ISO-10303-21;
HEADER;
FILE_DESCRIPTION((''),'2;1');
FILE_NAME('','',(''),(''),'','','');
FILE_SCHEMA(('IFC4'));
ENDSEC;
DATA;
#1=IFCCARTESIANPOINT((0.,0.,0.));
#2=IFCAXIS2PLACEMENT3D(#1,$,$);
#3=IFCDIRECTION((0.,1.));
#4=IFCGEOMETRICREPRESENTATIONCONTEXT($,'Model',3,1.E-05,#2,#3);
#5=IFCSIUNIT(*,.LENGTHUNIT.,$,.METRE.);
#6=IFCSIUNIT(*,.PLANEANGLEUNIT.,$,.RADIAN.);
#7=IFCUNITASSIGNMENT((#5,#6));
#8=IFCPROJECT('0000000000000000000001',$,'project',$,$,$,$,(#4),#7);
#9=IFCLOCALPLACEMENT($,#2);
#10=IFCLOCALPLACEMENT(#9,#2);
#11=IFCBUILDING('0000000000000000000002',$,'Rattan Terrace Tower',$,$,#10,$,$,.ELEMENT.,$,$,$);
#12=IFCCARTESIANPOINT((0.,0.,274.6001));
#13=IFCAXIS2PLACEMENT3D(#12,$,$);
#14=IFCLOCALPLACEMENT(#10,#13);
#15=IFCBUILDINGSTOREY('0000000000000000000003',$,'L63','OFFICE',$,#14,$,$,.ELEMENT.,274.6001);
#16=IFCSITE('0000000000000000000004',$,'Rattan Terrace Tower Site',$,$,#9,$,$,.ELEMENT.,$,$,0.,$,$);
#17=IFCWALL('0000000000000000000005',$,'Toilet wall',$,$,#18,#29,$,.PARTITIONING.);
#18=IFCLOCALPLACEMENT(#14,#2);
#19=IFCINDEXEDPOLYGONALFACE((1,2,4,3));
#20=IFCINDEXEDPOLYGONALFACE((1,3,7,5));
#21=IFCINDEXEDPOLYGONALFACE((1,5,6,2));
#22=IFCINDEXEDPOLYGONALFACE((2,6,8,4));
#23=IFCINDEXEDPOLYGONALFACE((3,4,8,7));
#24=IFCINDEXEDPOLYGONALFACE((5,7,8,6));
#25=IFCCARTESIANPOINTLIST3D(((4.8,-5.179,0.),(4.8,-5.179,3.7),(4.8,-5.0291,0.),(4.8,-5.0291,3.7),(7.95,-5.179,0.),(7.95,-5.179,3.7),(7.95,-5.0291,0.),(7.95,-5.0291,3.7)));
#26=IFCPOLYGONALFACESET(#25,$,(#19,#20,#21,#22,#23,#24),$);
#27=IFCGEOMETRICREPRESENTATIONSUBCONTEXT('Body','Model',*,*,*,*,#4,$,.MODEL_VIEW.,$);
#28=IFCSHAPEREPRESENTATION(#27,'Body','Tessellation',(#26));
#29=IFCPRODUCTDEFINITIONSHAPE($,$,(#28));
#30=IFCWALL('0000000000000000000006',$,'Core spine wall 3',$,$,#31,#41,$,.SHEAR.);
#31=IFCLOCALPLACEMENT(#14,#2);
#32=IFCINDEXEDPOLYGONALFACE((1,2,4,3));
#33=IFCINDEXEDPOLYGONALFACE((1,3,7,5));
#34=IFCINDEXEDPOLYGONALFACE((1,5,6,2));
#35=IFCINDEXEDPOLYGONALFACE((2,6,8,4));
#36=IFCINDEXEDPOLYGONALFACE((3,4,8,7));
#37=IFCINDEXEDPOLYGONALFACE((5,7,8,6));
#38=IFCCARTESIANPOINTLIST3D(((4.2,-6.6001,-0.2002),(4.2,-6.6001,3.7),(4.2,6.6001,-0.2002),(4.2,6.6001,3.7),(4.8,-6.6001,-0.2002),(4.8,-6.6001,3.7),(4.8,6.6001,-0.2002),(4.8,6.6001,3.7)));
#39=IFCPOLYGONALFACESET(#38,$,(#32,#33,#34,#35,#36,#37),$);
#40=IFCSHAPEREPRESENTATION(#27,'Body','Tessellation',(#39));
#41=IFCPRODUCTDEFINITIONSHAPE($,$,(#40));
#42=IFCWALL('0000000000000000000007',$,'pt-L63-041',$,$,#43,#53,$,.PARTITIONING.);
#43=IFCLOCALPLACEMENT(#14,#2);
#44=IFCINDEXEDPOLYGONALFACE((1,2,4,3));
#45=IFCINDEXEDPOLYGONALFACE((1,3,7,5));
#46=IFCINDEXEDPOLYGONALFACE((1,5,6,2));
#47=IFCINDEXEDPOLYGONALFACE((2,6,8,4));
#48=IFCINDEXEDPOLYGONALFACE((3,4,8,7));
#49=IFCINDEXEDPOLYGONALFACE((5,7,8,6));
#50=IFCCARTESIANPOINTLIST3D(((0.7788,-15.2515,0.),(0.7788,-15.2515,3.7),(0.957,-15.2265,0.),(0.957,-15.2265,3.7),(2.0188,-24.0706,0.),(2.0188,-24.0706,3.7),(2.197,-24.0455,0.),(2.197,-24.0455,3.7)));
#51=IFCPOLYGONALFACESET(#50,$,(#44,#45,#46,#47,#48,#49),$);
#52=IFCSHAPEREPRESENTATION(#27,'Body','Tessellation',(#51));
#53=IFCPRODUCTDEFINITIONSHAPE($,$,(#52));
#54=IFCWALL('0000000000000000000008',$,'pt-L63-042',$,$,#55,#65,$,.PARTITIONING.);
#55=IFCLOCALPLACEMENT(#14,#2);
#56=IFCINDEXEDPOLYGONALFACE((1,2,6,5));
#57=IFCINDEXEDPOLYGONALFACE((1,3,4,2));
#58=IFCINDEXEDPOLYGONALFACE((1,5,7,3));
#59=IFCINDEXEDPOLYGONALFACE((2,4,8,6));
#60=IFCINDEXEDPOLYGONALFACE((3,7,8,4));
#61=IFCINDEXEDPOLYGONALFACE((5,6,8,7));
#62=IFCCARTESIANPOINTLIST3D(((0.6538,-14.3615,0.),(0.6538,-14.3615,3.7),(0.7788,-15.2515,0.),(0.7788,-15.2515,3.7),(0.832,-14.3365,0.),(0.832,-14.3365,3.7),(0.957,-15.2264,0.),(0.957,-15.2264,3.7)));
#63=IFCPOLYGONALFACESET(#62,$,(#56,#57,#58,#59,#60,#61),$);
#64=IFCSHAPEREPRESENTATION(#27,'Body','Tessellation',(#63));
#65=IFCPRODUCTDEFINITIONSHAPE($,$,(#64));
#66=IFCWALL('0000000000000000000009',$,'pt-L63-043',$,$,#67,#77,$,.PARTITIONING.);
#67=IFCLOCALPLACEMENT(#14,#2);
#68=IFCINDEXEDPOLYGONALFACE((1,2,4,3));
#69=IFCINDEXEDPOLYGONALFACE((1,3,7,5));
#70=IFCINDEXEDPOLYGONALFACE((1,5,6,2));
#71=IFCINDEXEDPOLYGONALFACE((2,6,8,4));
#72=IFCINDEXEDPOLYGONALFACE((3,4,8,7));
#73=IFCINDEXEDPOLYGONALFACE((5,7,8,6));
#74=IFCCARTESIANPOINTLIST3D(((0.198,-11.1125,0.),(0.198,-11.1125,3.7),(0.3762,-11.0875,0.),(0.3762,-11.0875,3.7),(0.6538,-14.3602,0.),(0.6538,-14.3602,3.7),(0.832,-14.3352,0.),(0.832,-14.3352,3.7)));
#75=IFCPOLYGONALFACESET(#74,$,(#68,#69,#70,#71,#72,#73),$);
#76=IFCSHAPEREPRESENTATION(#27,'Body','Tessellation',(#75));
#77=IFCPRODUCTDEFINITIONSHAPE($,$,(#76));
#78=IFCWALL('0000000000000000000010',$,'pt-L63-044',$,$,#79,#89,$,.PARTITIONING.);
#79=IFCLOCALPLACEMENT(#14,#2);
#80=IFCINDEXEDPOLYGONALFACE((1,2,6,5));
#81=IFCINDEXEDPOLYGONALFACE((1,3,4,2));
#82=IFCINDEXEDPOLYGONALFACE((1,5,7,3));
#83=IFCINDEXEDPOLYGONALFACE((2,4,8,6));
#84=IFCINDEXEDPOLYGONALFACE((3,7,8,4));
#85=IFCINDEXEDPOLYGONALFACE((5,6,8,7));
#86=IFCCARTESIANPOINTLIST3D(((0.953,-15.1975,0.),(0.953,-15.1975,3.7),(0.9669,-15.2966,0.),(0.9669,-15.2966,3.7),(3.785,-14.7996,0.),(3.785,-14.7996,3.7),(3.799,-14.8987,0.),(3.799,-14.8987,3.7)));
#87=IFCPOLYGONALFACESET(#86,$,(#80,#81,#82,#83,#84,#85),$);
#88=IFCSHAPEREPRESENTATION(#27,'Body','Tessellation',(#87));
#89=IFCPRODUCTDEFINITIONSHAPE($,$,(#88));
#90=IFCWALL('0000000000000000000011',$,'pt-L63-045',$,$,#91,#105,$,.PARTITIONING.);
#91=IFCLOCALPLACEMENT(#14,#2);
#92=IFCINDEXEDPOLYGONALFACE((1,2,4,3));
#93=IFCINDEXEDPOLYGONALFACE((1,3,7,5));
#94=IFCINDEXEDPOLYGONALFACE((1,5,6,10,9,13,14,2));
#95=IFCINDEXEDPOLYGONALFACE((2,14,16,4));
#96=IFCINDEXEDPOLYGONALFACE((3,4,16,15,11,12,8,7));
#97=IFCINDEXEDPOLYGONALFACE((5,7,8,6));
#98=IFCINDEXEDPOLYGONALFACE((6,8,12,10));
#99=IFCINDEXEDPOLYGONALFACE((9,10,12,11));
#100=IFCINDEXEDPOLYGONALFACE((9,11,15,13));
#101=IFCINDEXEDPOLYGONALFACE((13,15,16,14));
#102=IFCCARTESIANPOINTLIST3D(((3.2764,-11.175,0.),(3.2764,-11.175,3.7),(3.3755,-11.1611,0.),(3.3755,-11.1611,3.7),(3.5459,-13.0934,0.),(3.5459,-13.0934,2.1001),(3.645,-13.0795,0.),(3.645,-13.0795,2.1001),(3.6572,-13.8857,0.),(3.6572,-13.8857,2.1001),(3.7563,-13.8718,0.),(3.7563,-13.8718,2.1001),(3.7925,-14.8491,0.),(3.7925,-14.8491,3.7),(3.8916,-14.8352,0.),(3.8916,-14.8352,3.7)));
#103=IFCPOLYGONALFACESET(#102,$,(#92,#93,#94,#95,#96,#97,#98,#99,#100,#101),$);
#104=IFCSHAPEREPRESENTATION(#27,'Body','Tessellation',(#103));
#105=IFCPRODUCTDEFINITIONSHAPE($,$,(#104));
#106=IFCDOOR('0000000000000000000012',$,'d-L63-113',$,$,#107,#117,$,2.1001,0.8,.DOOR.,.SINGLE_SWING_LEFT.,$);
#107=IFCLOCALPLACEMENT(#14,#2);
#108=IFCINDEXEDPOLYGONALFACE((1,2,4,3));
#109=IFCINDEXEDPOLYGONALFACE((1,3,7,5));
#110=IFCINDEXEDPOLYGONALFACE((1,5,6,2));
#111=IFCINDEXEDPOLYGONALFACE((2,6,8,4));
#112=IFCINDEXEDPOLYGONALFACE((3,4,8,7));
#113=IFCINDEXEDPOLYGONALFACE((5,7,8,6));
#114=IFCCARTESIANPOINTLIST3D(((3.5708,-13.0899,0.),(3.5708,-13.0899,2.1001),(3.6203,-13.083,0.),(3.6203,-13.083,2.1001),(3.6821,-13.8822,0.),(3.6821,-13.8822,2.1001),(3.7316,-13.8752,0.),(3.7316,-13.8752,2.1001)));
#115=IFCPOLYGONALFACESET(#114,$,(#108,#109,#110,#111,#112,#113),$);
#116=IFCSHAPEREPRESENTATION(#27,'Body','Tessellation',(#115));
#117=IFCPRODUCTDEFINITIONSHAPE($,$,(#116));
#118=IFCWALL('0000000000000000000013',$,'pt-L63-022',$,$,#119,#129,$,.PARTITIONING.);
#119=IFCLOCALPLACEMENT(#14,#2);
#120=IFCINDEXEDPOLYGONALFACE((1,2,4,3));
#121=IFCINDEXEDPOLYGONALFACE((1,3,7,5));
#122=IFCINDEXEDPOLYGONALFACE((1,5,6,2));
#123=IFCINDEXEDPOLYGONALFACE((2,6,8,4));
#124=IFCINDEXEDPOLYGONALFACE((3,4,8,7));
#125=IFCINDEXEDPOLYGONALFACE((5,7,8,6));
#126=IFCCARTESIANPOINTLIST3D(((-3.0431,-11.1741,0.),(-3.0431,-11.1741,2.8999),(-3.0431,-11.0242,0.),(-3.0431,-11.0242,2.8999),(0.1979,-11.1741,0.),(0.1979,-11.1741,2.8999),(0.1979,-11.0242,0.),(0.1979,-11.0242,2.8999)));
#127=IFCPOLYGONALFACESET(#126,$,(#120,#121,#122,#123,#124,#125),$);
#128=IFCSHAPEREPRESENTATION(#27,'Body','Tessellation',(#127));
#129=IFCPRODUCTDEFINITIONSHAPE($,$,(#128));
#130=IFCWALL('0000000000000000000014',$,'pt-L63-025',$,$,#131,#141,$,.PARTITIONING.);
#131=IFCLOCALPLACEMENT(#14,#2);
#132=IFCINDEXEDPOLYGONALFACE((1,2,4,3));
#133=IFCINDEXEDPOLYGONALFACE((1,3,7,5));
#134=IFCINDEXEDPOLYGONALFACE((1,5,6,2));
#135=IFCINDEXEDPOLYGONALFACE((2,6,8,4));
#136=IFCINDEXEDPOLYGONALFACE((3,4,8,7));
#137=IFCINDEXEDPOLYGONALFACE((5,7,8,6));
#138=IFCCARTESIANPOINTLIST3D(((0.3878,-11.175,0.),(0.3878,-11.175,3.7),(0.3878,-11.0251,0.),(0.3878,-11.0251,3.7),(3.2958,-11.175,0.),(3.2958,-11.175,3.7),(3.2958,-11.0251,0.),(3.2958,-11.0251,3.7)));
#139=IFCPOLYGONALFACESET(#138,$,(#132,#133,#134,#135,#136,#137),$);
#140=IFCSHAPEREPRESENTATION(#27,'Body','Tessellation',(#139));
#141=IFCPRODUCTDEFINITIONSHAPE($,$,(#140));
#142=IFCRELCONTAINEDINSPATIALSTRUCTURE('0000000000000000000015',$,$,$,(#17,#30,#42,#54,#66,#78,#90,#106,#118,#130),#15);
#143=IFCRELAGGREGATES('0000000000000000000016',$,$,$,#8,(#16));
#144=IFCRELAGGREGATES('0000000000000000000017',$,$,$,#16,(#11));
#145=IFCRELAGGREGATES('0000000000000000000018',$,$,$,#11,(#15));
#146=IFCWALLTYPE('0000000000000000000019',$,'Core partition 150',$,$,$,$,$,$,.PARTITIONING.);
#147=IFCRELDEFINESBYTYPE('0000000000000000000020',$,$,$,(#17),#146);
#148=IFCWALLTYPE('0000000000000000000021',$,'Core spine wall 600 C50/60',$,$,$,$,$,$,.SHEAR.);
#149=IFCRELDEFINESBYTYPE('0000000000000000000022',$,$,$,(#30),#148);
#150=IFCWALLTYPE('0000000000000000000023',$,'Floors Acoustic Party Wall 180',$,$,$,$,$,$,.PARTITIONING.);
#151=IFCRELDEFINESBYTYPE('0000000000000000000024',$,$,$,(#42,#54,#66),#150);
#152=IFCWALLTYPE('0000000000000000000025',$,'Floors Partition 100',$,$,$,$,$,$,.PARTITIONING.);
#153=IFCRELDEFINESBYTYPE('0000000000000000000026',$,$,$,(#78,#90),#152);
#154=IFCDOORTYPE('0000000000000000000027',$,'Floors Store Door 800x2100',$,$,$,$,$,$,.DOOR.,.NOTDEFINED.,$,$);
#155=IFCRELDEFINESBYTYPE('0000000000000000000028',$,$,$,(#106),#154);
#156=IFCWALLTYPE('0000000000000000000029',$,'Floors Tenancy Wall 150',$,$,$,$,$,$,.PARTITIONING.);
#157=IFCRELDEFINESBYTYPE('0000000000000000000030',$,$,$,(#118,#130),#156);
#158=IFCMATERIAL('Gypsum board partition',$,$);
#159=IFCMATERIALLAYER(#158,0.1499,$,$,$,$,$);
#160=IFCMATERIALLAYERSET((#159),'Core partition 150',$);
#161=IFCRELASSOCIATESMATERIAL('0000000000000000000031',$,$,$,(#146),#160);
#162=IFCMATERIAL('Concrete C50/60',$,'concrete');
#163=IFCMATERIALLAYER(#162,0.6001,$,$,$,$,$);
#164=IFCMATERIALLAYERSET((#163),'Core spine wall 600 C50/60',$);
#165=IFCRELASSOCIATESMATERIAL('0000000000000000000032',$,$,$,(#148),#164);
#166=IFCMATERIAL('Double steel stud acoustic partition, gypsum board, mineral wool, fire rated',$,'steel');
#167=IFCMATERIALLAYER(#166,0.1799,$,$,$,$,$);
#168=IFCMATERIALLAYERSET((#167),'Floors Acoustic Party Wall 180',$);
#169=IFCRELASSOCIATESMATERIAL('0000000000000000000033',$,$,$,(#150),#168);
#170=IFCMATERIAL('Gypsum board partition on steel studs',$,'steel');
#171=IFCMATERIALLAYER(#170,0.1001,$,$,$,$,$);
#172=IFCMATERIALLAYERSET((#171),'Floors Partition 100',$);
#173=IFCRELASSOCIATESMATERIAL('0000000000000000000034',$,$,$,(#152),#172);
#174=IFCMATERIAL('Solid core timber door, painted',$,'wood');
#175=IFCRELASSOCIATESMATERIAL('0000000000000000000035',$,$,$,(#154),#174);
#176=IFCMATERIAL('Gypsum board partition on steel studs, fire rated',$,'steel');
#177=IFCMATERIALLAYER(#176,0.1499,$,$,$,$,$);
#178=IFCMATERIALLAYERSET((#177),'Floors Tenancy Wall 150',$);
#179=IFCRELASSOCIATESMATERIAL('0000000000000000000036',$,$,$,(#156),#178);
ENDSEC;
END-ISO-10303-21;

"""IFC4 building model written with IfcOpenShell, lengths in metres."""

from ifc_helpers import new_model, si_unit, direction, frame, frame_2d, origin, place, context, subcontext, project, spatial, rectangle, extrude, material, layer, layer_set, type_object, element, fill, save


model = new_model("IFC4")

# Units and contexts
model_context = context("Model", 3, precision=1e-05, world=origin(), true_north=direction((0.0, 1.0)))
body_context = subcontext(model_context, "Body", "Model", "MODEL_VIEW")
ifc_project = project(units=[si_unit("LENGTHUNIT", "METRE"), si_unit("PLANEANGLEUNIT", "RADIAN")], contexts=[model_context])

# Site, building, storey
site_placement = place(None, origin())
site = spatial("IfcSite", under=ifc_project, at=site_placement, Name="Rattan Terrace Tower Site", CompositionType="ELEMENT", RefElevation=0.0)
building_placement = place(site_placement, origin())
building = spatial("IfcBuilding", under=site, at=building_placement, Name="Rattan Terrace Tower", CompositionType="ELEMENT")
storey_placement = place(building_placement, frame((0.0, 0.0, 274.6001)))
storey = spatial("IfcBuildingStorey", under=building, at=storey_placement, Name="L63", Description="OFFICE", CompositionType="ELEMENT", Elevation=274.6001)

# Walls
ifc_material_1 = material(Name="Gypsum board partition")
ifc_layer_1 = layer(ifc_material_1, 0.1499)
ifc_layer_set_1 = layer_set([ifc_layer_1], Name="Core partition 150")
wall_type_1 = type_object("IfcWallType", Name="Core partition 150", PredefinedType="PARTITIONING", material=ifc_layer_set_1)
wall_1_placement = place(storey_placement, frame((4.8, -5.104, 0.0), z_axis=(0.0, 0.0, 1.0), x_axis=(1.0, 0.0, 0.0)))
element("IfcWall", 1, at=wall_1_placement, inside=storey, type_object=wall_type_1, Name="Toilet wall", PredefinedType="PARTITIONING", context=body_context, shape_type="SweptSolid", body=[
    extrude(rectangle(XDim=3.1499, YDim=0.1499, at=frame_2d((1.575, 0.0))), origin(), (0.0, 0.0, 1.0), 3.7),
])
ifc_material_2 = material(Name="Concrete C50/60", Category="concrete")
ifc_layer_2 = layer(ifc_material_2, 0.6001)
ifc_layer_set_2 = layer_set([ifc_layer_2], Name="Core spine wall 600 C50/60")
wall_type_2 = type_object("IfcWallType", Name="Core spine wall 600 C50/60", PredefinedType="SHEAR", material=ifc_layer_set_2)
wall_2_placement = place(storey_placement, frame((4.5, -6.6001, -0.2002), z_axis=(0.0, 0.0, 1.0), x_axis=(0.0, 1.0, 0.0)))
element("IfcWall", 2, at=wall_2_placement, inside=storey, type_object=wall_type_2, Name="Core spine wall 3", PredefinedType="SHEAR", context=body_context, shape_type="SweptSolid", body=[
    extrude(rectangle(XDim=13.2002, YDim=0.6001, at=frame_2d((6.6001, 0.0))), origin(), (0.0, 0.0, 1.0), 3.9001),
])
ifc_material_3 = material(Name="Double steel stud acoustic partition, gypsum board, mineral wool, fire rated", Category="steel")
ifc_layer_3 = layer(ifc_material_3, 0.1799)
ifc_layer_set_3 = layer_set([ifc_layer_3], Name="Floors Acoustic Party Wall 180")
wall_type_3 = type_object("IfcWallType", Name="Floors Acoustic Party Wall 180", PredefinedType="PARTITIONING", material=ifc_layer_set_3)
wall_3_placement = place(storey_placement, frame((0.8679, -15.239, 0.0), z_axis=(0.0, 0.0, 1.0), x_axis=(0.139233, -0.99026, 0.0)))
element("IfcWall", 3, at=wall_3_placement, inside=storey, type_object=wall_type_3, Name="pt-L63-041", PredefinedType="PARTITIONING", context=body_context, shape_type="SweptSolid", body=[
    extrude(rectangle(XDim=8.9058, YDim=0.1799, at=frame_2d((4.4529, 0.0))), origin(), (0.0, 0.0, 1.0), 3.7),
])
wall_4_placement = place(storey_placement, frame((0.7429, -14.3491, 0.0), z_axis=(0.0, 0.0, 1.0), x_axis=(0.139101, -0.990278, 0.0)))
element("IfcWall", 4, at=wall_4_placement, inside=storey, type_object=wall_type_3, Name="pt-L63-042", PredefinedType="PARTITIONING", context=body_context, shape_type="SweptSolid", body=[
    extrude(rectangle(XDim=0.8987, YDim=0.1799, at=frame_2d((0.4492, 0.0))), origin(), (0.0, 0.0, 1.0), 3.7),
])
wall_5_placement = place(storey_placement, frame((0.2871, -11.1001, 0.0), z_axis=(0.0, 0.0, 1.0), x_axis=(0.138982, -0.990295, 0.0)))
element("IfcWall", 5, at=wall_5_placement, inside=storey, type_object=wall_type_3, Name="pt-L63-043", PredefinedType="PARTITIONING", context=body_context, shape_type="SweptSolid", body=[
    extrude(rectangle(XDim=3.2795, YDim=0.1799, at=frame_2d((1.6396, 0.0))), origin(), (0.0, 0.0, 1.0), 3.7),
])
ifc_material_4 = material(Name="Gypsum board partition on steel studs", Category="steel")
ifc_layer_4 = layer(ifc_material_4, 0.1001)
ifc_layer_set_4 = layer_set([ifc_layer_4], Name="Floors Partition 100")
wall_type_4 = type_object("IfcWallType", Name="Floors Partition 100", PredefinedType="PARTITIONING", material=ifc_layer_set_4)
wall_6_placement = place(storey_placement, frame((0.96, -15.2471, 0.0), z_axis=(0.0, 0.0, 1.0), x_axis=(0.990271, 0.13915, 0.0)))
element("IfcWall", 6, at=wall_6_placement, inside=storey, type_object=wall_type_4, Name="pt-L63-044", PredefinedType="PARTITIONING", context=body_context, shape_type="SweptSolid", body=[
    extrude(rectangle(XDim=2.8599, YDim=0.1001, at=frame_2d((1.4299, 0.0))), origin(), (0.0, 0.0, 1.0), 3.7),
])

# Wall, opening, door
wall_7_placement = place(storey_placement, frame((3.842, -14.842, 0.0), z_axis=(0.0, 0.0, 1.0), x_axis=(-0.139109, 0.990277, 0.0)))
wall_7 = element("IfcWall", 7, at=wall_7_placement, inside=storey, type_object=wall_type_4, Name="pt-L63-045", PredefinedType="PARTITIONING", context=body_context, shape_type="SweptSolid", body=[
    extrude(rectangle(XDim=3.7102, YDim=0.1001, at=frame_2d((1.855, 0.0))), origin(), (0.0, 0.0, 1.0), 3.7),
])
opening_1_placement = place(wall_7_placement, frame((0.9729, 0.0, 0.0)))
opening_1 = element("IfcOpeningElement", 8, at=opening_1_placement, cuts=wall_7, PredefinedType="OPENING", context=body_context, shape_type="SweptSolid", body=[
    extrude(rectangle(XDim=0.8, YDim=2.1001, at=frame_2d((0.3999, 1.05))), frame((0.0, 0.0605, 0.0), z_axis=(0.0, -1.0, 0.0), x_axis=(1.0, 0.0, 0.0)), (0.0, 0.0, 1.0), 0.1211),
])
ifc_material_5 = material(Name="Solid core timber door, painted", Category="wood")
door_type_1 = type_object("IfcDoorType", Name="Floors Store Door 800x2100", OperationType="NOTDEFINED", PredefinedType="DOOR", material=ifc_material_5)
door_1_placement = place(opening_1_placement, origin())
door_1 = element("IfcDoor", 9, at=door_1_placement, inside=storey, type_object=door_type_1, Name="d-L63-113", OperationType="SINGLE_SWING_LEFT", OverallHeight=2.1001, OverallWidth=0.8, PredefinedType="DOOR", context=body_context, shape_type="SweptSolid", body=[
    extrude(rectangle(XDim=0.8, YDim=2.1001, at=frame_2d((0.3999, 1.05))), frame((0.0, 0.0249, 0.0), z_axis=(0.0, -1.0, 0.0), x_axis=(1.0, 0.0, 0.0)), (0.0, 0.0, 1.0), 0.05),
])
fill(opening_1, door_1)

# Walls
ifc_material_6 = material(Name="Gypsum board partition on steel studs, fire rated", Category="steel")
ifc_layer_5 = layer(ifc_material_6, 0.1499)
ifc_layer_set_5 = layer_set([ifc_layer_5], Name="Floors Tenancy Wall 150")
wall_type_5 = type_object("IfcWallType", Name="Floors Tenancy Wall 150", PredefinedType="PARTITIONING", material=ifc_layer_set_5)
wall_8_placement = place(storey_placement, frame((0.198, -11.0991, 0.0), z_axis=(0.0, 0.0, 1.0), x_axis=(-1.0, 0.0, 0.0)))
element("IfcWall", 10, at=wall_8_placement, inside=storey, type_object=wall_type_5, Name="pt-L63-022", PredefinedType="PARTITIONING", context=body_context, shape_type="SweptSolid", body=[
    extrude(rectangle(XDim=3.241, YDim=0.1499, at=frame_2d((1.6206, 0.0))), origin(), (0.0, 0.0, 1.0), 2.8999),
])
wall_9_placement = place(storey_placement, frame((3.2959, -11.1001, 0.0), z_axis=(0.0, 0.0, 1.0), x_axis=(-1.0, 0.0, 0.0)))
element("IfcWall", 11, at=wall_9_placement, inside=storey, type_object=wall_type_5, Name="pt-L63-025", PredefinedType="PARTITIONING", context=body_context, shape_type="SweptSolid", body=[
    extrude(rectangle(XDim=2.908, YDim=0.1499, at=frame_2d((1.4541, 0.0))), origin(), (0.0, 0.0, 1.0), 3.7),
])

save(model, "model.ifc")
